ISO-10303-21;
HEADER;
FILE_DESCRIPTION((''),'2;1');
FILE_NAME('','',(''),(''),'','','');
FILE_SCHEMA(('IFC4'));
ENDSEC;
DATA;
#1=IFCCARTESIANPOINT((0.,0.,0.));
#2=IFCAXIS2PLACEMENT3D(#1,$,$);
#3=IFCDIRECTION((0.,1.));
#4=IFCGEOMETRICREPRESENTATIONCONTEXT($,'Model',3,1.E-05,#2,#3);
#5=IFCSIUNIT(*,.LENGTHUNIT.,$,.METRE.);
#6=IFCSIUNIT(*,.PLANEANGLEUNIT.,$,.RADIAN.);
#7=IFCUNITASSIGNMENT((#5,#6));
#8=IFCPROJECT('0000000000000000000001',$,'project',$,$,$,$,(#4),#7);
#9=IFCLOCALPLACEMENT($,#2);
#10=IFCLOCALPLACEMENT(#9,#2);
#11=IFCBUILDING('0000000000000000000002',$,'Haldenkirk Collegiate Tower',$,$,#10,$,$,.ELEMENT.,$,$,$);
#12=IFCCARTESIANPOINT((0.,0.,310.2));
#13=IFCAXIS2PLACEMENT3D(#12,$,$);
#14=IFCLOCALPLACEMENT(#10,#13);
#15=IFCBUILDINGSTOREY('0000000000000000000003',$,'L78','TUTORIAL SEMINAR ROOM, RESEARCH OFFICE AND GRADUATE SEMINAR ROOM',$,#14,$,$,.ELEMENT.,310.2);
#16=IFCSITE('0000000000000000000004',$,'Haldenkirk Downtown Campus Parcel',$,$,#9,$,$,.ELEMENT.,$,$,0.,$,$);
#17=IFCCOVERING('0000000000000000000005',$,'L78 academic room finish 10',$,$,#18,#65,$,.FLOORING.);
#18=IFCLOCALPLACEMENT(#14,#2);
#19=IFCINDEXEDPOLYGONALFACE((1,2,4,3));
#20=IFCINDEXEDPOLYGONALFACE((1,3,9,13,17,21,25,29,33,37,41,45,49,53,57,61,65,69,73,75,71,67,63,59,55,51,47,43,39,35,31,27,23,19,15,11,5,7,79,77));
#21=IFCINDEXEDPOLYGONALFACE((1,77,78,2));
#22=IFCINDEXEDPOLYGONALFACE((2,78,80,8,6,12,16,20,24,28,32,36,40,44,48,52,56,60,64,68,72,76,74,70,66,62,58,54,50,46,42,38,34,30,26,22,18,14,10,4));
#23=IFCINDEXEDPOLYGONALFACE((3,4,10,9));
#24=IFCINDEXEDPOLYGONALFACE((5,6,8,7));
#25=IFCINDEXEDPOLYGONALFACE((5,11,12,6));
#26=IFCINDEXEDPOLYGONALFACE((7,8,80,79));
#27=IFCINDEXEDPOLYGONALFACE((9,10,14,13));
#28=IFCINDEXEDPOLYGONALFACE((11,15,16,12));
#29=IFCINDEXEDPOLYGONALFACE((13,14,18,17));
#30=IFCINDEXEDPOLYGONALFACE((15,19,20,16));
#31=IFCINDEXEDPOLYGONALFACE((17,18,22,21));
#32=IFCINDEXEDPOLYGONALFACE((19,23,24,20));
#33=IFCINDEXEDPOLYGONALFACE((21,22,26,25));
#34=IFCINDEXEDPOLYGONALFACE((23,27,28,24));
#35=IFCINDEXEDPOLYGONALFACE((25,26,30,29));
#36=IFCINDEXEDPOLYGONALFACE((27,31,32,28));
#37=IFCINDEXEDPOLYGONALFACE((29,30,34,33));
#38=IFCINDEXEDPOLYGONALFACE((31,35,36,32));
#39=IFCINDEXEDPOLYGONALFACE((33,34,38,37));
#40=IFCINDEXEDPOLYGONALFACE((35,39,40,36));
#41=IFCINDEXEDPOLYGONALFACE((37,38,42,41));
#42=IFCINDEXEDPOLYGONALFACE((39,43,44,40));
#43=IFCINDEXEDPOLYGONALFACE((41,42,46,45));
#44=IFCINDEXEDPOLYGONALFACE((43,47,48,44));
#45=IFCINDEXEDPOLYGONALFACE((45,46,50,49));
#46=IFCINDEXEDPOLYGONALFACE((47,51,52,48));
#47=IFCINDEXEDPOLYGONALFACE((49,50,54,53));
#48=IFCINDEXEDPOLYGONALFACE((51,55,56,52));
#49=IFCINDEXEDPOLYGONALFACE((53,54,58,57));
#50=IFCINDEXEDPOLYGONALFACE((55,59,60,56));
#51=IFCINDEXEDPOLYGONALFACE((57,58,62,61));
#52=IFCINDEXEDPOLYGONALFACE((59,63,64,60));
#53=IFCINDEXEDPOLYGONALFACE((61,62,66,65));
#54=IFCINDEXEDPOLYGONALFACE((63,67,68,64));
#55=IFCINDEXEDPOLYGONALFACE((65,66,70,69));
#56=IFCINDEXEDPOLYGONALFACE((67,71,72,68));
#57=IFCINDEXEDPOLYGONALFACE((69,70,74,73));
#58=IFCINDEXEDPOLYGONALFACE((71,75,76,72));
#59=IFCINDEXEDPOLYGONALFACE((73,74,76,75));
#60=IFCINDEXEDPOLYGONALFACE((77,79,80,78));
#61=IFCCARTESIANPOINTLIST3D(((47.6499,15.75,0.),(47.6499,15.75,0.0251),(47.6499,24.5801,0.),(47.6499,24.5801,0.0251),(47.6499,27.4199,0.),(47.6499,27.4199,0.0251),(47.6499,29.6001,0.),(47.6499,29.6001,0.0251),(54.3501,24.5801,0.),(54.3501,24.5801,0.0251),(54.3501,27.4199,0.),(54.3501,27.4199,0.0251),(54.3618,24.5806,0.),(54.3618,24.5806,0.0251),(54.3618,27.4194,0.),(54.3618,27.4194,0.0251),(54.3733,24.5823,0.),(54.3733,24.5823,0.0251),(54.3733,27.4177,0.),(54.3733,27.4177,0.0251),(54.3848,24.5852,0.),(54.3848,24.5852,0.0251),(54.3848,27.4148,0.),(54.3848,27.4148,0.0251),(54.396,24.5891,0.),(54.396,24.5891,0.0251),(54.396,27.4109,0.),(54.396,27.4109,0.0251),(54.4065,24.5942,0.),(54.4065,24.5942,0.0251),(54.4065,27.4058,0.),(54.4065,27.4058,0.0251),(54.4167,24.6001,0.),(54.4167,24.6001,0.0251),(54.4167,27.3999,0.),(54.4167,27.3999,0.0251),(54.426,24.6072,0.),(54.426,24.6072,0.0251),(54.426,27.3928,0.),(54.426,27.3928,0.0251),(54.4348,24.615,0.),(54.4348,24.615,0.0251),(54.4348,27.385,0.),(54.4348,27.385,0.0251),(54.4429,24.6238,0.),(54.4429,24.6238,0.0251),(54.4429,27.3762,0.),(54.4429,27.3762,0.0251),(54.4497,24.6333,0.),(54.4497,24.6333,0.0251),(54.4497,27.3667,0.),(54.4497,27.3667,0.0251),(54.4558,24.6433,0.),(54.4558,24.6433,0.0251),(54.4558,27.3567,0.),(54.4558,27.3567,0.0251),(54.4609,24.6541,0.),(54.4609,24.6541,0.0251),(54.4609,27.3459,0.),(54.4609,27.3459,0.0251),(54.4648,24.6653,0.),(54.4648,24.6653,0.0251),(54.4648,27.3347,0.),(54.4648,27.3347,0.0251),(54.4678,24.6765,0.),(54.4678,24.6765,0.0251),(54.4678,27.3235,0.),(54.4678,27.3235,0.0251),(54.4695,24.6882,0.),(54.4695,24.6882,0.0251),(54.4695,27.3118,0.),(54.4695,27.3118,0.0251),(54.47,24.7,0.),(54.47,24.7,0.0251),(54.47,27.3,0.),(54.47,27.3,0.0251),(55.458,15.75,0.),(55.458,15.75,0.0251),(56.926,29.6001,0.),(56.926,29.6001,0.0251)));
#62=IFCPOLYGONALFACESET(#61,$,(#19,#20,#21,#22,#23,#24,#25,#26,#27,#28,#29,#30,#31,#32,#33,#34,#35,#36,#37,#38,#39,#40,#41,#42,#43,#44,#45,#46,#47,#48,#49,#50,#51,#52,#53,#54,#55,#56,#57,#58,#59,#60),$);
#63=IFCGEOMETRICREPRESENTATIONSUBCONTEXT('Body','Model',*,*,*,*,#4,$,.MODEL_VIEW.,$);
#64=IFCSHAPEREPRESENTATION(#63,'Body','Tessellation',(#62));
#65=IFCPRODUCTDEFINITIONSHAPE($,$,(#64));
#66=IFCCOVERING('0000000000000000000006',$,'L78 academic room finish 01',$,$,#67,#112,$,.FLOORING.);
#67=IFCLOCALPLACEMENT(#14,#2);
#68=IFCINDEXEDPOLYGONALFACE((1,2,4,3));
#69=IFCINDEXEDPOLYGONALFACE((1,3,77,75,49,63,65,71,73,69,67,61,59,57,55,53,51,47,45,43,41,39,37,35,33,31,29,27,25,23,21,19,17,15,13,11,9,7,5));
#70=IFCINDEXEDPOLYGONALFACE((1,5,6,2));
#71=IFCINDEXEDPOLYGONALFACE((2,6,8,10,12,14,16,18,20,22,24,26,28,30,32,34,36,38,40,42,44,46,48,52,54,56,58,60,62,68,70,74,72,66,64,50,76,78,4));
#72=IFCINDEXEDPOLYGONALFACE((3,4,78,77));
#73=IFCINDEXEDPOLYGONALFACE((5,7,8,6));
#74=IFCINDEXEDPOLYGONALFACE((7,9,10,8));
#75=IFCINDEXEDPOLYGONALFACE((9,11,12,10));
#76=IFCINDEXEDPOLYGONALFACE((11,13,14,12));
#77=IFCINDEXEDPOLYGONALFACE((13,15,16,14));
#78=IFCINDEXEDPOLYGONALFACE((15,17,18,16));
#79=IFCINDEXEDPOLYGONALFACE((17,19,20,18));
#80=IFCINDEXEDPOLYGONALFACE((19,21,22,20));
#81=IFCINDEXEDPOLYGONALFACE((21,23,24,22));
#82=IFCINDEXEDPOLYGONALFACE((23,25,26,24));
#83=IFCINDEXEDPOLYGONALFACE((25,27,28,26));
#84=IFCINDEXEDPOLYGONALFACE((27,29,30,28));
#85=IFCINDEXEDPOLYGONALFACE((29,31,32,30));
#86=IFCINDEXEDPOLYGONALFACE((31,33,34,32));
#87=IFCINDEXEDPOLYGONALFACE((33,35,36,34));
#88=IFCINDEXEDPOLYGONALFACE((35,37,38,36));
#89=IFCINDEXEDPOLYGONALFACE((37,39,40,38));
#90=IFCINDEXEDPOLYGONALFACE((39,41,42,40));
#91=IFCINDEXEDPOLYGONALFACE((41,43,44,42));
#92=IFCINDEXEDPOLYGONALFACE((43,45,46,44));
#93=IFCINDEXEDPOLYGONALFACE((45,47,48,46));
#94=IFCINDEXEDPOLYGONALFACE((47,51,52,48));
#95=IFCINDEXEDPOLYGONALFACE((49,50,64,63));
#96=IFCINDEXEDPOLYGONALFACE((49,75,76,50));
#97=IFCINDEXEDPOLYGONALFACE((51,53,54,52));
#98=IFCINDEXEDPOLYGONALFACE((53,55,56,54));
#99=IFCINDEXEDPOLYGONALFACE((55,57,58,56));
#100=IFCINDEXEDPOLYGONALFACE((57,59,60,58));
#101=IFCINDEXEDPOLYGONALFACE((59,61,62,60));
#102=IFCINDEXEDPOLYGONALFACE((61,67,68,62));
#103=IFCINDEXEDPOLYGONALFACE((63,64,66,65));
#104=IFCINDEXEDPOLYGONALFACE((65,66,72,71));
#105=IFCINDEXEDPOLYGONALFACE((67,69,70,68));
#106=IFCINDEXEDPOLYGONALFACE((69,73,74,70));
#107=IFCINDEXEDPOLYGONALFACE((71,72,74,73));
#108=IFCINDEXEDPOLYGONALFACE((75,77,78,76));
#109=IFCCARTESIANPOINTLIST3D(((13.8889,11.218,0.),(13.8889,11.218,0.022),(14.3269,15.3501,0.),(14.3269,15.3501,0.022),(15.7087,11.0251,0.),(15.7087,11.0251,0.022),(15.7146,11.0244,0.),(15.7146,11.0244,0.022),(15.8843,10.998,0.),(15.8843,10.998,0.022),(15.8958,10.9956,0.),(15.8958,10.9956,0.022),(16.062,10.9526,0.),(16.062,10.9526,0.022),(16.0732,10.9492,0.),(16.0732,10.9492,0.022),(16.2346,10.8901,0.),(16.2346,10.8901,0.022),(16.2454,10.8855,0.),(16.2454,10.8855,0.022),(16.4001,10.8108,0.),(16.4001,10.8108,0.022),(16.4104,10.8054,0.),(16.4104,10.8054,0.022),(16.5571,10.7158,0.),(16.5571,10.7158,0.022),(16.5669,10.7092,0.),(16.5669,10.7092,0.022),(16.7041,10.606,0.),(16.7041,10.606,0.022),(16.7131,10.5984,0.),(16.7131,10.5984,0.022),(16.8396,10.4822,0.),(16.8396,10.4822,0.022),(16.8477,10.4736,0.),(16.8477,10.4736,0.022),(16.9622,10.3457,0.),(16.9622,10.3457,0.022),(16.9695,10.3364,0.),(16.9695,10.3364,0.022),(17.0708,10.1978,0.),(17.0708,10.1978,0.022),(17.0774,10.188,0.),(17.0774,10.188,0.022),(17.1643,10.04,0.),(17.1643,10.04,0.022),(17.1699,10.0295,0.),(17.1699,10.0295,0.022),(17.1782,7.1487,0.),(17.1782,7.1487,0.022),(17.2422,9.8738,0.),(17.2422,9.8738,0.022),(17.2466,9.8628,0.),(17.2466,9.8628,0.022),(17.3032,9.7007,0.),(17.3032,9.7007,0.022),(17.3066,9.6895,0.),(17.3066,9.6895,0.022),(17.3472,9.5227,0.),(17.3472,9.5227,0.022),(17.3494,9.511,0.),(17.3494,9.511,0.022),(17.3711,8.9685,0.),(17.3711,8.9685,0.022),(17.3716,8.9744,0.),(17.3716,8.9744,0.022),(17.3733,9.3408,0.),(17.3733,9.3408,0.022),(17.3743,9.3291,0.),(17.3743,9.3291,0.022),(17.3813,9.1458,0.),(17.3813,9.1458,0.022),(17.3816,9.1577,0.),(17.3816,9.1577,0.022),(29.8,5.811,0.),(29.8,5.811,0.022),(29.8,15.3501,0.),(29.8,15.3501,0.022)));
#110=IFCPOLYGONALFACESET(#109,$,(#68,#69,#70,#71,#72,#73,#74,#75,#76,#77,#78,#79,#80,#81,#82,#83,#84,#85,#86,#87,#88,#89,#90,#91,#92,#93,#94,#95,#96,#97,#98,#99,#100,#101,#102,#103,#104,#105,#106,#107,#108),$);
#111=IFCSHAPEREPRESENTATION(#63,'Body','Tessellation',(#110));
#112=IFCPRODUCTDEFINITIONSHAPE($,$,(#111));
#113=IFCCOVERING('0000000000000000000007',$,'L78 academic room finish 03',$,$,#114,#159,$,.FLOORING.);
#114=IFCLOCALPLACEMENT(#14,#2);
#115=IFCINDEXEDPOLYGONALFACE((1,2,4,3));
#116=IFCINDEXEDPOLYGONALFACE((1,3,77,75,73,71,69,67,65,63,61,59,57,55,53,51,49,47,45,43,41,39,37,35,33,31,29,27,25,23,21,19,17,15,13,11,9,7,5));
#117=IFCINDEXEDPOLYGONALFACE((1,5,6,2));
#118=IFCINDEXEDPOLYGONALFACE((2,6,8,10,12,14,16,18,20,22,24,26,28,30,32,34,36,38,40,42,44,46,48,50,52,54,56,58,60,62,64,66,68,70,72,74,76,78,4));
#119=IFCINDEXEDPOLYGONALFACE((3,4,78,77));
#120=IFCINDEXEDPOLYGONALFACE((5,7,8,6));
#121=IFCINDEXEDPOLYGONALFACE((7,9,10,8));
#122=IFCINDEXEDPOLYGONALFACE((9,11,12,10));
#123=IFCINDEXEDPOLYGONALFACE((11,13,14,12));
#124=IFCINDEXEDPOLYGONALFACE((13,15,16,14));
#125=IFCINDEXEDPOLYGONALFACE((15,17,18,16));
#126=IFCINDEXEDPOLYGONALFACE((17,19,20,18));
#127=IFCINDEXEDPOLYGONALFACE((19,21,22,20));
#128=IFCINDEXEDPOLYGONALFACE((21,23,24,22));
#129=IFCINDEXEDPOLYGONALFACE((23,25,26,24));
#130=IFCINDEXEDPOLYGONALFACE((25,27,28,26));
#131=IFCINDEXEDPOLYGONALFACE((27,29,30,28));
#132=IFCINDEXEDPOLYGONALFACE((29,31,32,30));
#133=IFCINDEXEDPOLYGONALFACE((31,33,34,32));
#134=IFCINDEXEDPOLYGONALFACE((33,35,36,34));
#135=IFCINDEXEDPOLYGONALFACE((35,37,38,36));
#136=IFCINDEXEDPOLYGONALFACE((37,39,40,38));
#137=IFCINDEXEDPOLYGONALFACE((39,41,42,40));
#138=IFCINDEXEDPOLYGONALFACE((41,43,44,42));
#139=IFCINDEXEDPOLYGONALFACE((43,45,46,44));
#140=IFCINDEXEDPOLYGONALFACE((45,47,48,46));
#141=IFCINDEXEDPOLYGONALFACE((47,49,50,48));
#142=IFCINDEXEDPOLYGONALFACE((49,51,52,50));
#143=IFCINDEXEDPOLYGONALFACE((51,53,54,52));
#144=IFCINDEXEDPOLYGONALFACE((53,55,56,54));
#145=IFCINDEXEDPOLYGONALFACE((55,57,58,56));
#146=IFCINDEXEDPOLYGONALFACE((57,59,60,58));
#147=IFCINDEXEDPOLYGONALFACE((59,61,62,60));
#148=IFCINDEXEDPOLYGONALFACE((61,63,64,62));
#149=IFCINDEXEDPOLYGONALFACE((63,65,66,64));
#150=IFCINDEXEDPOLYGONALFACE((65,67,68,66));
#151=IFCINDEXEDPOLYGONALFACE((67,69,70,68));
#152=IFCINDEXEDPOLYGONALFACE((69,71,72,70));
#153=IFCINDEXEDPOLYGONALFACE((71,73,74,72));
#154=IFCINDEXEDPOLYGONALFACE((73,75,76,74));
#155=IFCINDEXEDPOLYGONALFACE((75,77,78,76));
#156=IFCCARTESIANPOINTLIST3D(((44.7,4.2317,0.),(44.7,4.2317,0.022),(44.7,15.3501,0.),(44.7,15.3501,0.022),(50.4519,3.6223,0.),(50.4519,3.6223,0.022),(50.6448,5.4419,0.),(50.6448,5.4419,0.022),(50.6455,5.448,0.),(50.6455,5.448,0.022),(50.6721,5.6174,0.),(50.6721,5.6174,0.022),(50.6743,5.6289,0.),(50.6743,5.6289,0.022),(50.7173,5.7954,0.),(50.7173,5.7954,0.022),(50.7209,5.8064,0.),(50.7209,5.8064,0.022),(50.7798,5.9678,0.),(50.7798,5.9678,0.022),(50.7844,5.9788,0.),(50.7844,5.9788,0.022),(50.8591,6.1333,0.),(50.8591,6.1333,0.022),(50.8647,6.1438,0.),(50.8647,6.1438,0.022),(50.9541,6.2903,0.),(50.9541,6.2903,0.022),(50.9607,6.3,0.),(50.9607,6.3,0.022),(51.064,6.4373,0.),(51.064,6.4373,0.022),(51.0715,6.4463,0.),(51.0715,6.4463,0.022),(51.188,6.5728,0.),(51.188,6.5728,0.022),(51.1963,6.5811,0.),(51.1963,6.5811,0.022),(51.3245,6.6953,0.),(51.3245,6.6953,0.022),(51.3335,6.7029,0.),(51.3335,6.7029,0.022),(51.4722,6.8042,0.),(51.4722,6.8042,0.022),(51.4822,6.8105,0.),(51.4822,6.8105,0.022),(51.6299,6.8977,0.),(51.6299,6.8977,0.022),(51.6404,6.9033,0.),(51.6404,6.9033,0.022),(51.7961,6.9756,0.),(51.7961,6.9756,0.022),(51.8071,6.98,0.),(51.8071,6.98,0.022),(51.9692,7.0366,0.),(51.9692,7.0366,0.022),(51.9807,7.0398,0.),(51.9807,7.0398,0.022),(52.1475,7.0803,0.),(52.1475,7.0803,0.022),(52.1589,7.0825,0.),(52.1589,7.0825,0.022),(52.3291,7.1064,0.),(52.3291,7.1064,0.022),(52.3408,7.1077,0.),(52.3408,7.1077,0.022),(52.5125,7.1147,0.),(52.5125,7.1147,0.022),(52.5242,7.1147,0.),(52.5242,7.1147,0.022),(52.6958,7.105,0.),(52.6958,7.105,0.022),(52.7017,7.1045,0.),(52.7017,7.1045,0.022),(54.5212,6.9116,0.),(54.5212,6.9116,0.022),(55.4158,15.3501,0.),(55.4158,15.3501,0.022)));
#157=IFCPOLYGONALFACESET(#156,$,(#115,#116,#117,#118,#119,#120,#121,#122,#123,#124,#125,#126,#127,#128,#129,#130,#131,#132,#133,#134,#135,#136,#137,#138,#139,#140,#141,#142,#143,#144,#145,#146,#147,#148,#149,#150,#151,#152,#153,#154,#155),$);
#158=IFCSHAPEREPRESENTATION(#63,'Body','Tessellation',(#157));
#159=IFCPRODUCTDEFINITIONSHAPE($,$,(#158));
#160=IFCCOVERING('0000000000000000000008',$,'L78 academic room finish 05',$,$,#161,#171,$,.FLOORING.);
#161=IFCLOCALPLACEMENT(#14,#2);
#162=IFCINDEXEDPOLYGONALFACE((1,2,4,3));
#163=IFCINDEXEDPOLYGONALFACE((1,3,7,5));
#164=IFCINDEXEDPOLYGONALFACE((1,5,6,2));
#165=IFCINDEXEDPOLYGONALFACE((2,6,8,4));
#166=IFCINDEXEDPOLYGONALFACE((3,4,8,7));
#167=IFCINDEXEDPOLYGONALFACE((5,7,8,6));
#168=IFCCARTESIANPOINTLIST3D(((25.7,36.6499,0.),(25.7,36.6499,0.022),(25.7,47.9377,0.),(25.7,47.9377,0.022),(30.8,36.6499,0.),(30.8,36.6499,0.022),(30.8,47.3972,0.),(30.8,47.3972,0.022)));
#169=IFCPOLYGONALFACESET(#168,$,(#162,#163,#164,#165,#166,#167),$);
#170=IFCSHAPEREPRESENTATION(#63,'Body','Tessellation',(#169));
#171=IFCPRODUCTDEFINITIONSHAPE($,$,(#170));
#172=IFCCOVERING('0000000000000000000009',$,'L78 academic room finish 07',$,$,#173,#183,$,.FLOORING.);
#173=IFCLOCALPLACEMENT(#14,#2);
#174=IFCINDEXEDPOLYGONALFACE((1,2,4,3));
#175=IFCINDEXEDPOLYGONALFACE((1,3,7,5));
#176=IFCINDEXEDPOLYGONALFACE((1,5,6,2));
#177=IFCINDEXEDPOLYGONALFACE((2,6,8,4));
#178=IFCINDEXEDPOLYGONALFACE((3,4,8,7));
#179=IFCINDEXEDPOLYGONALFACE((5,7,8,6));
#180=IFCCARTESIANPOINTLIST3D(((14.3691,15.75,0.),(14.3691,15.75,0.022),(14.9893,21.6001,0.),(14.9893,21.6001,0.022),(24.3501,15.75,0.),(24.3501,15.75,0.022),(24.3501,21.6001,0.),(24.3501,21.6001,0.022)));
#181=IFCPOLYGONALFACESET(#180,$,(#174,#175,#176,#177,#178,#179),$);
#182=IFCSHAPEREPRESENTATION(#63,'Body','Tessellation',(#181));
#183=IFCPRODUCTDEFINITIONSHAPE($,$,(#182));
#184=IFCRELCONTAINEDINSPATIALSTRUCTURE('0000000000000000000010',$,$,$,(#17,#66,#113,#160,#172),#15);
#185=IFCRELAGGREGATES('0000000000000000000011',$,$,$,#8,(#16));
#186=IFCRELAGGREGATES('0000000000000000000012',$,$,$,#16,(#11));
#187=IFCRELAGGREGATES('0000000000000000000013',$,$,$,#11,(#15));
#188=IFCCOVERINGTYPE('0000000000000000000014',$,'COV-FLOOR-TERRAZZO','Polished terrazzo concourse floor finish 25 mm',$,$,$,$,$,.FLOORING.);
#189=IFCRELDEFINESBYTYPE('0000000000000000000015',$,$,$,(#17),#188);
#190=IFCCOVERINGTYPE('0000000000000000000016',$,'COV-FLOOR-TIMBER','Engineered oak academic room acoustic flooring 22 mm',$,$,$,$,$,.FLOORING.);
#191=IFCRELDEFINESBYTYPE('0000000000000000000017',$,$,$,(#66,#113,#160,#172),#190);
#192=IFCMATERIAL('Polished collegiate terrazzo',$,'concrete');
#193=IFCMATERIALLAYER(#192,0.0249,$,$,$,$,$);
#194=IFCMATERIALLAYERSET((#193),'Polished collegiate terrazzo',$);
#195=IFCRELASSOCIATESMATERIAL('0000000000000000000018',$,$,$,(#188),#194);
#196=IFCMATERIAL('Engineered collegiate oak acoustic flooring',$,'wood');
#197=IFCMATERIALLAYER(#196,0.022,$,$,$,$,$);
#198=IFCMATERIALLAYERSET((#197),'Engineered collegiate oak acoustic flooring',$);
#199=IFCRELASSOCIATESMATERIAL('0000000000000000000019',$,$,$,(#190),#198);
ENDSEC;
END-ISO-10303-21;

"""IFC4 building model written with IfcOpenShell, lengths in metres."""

from ifc_helpers import new_model, si_unit, direction, frame, origin, place, context, subcontext, project, spatial, polyline, outline, extrude, material, layer, layer_set, type_object, element, save


model = new_model("IFC4")

# Units and contexts
model_context = context("Model", 3, precision=1e-05, world=origin(), true_north=direction((0.0, 1.0)))
body_context = subcontext(model_context, "Body", "Model", "MODEL_VIEW")
ifc_project = project(units=[si_unit("LENGTHUNIT", "METRE"), si_unit("PLANEANGLEUNIT", "RADIAN")], contexts=[model_context])

# Site, building, storey
site_placement = place(None, origin())
site = spatial("IfcSite", under=ifc_project, at=site_placement, Name="Haldenkirk Downtown Campus Parcel", CompositionType="ELEMENT", RefElevation=0.0)
building_placement = place(site_placement, origin())
building = spatial("IfcBuilding", under=site, at=building_placement, Name="Haldenkirk Collegiate Tower", CompositionType="ELEMENT")
storey_placement = place(building_placement, frame((0.0, 0.0, 310.2)))
storey = spatial("IfcBuildingStorey", under=building, at=storey_placement, Name="L78", Description="TUTORIAL SEMINAR ROOM, RESEARCH OFFICE AND GRADUATE SEMINAR ROOM", CompositionType="ELEMENT", Elevation=310.2)

# Coverings
ifc_material_1 = material(Name="Polished collegiate terrazzo", Category="concrete")
ifc_layer_1 = layer(ifc_material_1, 0.0249)
ifc_layer_set_1 = layer_set([ifc_layer_1], Name="Polished collegiate terrazzo")
covering_type_1 = type_object("IfcCoveringType", Name="COV-FLOOR-TERRAZZO", Description="Polished terrazzo concourse floor finish 25 mm", PredefinedType="FLOORING", material=ifc_layer_set_1)
covering_1_placement = place(storey_placement, origin())
element("IfcCovering", 1, at=covering_1_placement, inside=storey, type_object=covering_type_1, Name="L78 academic room finish 10", PredefinedType="FLOORING", context=body_context, shape_type="SweptSolid", body=[
    extrude(outline(polyline([(54.3501, 24.5801), (54.3618, 24.5806), (54.3733, 24.5823), (54.3848, 24.5852), (54.396, 24.5891), (54.4065, 24.5942), (54.4167, 24.6001), (54.426, 24.6072), (54.4348, 24.615), (54.4429, 24.6238), (54.4497, 24.6333), (54.4558, 24.6433), (54.4609, 24.6541), (54.4648, 24.6653), (54.4678, 24.6765), (54.4695, 24.6882), (54.47, 24.7), (54.47, 27.3), (54.4695, 27.3118), (54.4678, 27.3235), (54.4648, 27.3347), (54.4609, 27.3459), (54.4558, 27.3567), (54.4497, 27.3667), (54.4429, 27.3762), (54.4348, 27.385), (54.426, 27.3928), (54.4167, 27.3999), (54.4065, 27.4058), (54.396, 27.4109), (54.3848, 27.4148), (54.3733, 27.4177), (54.3618, 27.4194), (54.3501, 27.4199), (47.6499, 27.4199), (47.6499, 29.6001), (56.926, 29.6001), (55.458, 15.75), (47.6499, 15.75), (47.6499, 24.5801), (54.3501, 24.5801)])), origin(), (0.0, 0.0, 1.0), 0.0251),
])
ifc_material_2 = material(Name="Engineered collegiate oak acoustic flooring", Category="wood")
ifc_layer_2 = layer(ifc_material_2, 0.022)
ifc_layer_set_2 = layer_set([ifc_layer_2], Name="Engineered collegiate oak acoustic flooring")
covering_type_2 = type_object("IfcCoveringType", Name="COV-FLOOR-TIMBER", Description="Engineered oak academic room acoustic flooring 22 mm", PredefinedType="FLOORING", material=ifc_layer_set_2)
covering_2_placement = place(storey_placement, origin())
element("IfcCovering", 2, at=covering_2_placement, inside=storey, type_object=covering_type_2, Name="L78 academic room finish 01", PredefinedType="FLOORING", context=body_context, shape_type="SweptSolid", body=[
    extrude(outline(polyline([(17.1782, 7.1487), (17.3711, 8.9685), (17.3716, 8.9744), (17.3813, 9.1458), (17.3816, 9.1577), (17.3743, 9.3291), (17.3733, 9.3408), (17.3494, 9.511), (17.3472, 9.5227), (17.3066, 9.6895), (17.3032, 9.7007), (17.2466, 9.8628), (17.2422, 9.8738), (17.1699, 10.0295), (17.1643, 10.04), (17.0774, 10.188), (17.0708, 10.1978), (16.9695, 10.3364), (16.9622, 10.3457), (16.8477, 10.4736), (16.8396, 10.4822), (16.7131, 10.5984), (16.7041, 10.606), (16.5669, 10.7092), (16.5571, 10.7158), (16.4104, 10.8054), (16.4001, 10.8108), (16.2454, 10.8855), (16.2346, 10.8901), (16.0732, 10.9492), (16.062, 10.9526), (15.8958, 10.9956), (15.8843, 10.998), (15.7146, 11.0244), (15.7087, 11.0251), (13.8889, 11.218), (14.3269, 15.3501), (29.8, 15.3501), (29.8, 5.811), (17.1782, 7.1487)])), origin(), (0.0, 0.0, 1.0), 0.022),
])
covering_3_placement = place(storey_placement, origin())
element("IfcCovering", 3, at=covering_3_placement, inside=storey, type_object=covering_type_2, Name="L78 academic room finish 03", PredefinedType="FLOORING", context=body_context, shape_type="SweptSolid", body=[
    extrude(outline(polyline([(51.9807, 7.0398), (51.9692, 7.0366), (51.8071, 6.98), (51.7961, 6.9756), (51.6404, 6.9033), (51.6299, 6.8977), (51.4822, 6.8105), (51.4722, 6.8042), (51.3335, 6.7029), (51.3245, 6.6953), (51.1963, 6.5811), (51.188, 6.5728), (51.0715, 6.4463), (51.064, 6.4373), (50.9607, 6.3), (50.9541, 6.2903), (50.8647, 6.1438), (50.8591, 6.1333), (50.7844, 5.9788), (50.7798, 5.9678), (50.7209, 5.8064), (50.7173, 5.7954), (50.6743, 5.6289), (50.6721, 5.6174), (50.6455, 5.448), (50.6448, 5.4419), (50.4519, 3.6223), (44.7, 4.2317), (44.7, 15.3501), (55.4158, 15.3501), (54.5212, 6.9116), (52.7017, 7.1045), (52.6958, 7.105), (52.5242, 7.1147), (52.5125, 7.1147), (52.3408, 7.1077), (52.3291, 7.1064), (52.1589, 7.0825), (52.1475, 7.0803), (51.9807, 7.0398)])), origin(), (0.0, 0.0, 1.0), 0.022),
])
covering_4_placement = place(storey_placement, origin())
element("IfcCovering", 4, at=covering_4_placement, inside=storey, type_object=covering_type_2, Name="L78 academic room finish 05", PredefinedType="FLOORING", context=body_context, shape_type="SweptSolid", body=[
    extrude(outline(polyline([(30.8, 47.3972), (30.8, 36.6499), (25.7, 36.6499), (25.7, 47.9377), (30.8, 47.3972)])), origin(), (0.0, 0.0, 1.0), 0.022),
])
covering_5_placement = place(storey_placement, origin())
element("IfcCovering", 5, at=covering_5_placement, inside=storey, type_object=covering_type_2, Name="L78 academic room finish 07", PredefinedType="FLOORING", context=body_context, shape_type="SweptSolid", body=[
    extrude(outline(polyline([(14.9893, 21.6001), (24.3501, 21.6001), (24.3501, 15.75), (14.3691, 15.75), (14.9893, 21.6001)])), origin(), (0.0, 0.0, 1.0), 0.022),
])

save(model, "model.ifc")
